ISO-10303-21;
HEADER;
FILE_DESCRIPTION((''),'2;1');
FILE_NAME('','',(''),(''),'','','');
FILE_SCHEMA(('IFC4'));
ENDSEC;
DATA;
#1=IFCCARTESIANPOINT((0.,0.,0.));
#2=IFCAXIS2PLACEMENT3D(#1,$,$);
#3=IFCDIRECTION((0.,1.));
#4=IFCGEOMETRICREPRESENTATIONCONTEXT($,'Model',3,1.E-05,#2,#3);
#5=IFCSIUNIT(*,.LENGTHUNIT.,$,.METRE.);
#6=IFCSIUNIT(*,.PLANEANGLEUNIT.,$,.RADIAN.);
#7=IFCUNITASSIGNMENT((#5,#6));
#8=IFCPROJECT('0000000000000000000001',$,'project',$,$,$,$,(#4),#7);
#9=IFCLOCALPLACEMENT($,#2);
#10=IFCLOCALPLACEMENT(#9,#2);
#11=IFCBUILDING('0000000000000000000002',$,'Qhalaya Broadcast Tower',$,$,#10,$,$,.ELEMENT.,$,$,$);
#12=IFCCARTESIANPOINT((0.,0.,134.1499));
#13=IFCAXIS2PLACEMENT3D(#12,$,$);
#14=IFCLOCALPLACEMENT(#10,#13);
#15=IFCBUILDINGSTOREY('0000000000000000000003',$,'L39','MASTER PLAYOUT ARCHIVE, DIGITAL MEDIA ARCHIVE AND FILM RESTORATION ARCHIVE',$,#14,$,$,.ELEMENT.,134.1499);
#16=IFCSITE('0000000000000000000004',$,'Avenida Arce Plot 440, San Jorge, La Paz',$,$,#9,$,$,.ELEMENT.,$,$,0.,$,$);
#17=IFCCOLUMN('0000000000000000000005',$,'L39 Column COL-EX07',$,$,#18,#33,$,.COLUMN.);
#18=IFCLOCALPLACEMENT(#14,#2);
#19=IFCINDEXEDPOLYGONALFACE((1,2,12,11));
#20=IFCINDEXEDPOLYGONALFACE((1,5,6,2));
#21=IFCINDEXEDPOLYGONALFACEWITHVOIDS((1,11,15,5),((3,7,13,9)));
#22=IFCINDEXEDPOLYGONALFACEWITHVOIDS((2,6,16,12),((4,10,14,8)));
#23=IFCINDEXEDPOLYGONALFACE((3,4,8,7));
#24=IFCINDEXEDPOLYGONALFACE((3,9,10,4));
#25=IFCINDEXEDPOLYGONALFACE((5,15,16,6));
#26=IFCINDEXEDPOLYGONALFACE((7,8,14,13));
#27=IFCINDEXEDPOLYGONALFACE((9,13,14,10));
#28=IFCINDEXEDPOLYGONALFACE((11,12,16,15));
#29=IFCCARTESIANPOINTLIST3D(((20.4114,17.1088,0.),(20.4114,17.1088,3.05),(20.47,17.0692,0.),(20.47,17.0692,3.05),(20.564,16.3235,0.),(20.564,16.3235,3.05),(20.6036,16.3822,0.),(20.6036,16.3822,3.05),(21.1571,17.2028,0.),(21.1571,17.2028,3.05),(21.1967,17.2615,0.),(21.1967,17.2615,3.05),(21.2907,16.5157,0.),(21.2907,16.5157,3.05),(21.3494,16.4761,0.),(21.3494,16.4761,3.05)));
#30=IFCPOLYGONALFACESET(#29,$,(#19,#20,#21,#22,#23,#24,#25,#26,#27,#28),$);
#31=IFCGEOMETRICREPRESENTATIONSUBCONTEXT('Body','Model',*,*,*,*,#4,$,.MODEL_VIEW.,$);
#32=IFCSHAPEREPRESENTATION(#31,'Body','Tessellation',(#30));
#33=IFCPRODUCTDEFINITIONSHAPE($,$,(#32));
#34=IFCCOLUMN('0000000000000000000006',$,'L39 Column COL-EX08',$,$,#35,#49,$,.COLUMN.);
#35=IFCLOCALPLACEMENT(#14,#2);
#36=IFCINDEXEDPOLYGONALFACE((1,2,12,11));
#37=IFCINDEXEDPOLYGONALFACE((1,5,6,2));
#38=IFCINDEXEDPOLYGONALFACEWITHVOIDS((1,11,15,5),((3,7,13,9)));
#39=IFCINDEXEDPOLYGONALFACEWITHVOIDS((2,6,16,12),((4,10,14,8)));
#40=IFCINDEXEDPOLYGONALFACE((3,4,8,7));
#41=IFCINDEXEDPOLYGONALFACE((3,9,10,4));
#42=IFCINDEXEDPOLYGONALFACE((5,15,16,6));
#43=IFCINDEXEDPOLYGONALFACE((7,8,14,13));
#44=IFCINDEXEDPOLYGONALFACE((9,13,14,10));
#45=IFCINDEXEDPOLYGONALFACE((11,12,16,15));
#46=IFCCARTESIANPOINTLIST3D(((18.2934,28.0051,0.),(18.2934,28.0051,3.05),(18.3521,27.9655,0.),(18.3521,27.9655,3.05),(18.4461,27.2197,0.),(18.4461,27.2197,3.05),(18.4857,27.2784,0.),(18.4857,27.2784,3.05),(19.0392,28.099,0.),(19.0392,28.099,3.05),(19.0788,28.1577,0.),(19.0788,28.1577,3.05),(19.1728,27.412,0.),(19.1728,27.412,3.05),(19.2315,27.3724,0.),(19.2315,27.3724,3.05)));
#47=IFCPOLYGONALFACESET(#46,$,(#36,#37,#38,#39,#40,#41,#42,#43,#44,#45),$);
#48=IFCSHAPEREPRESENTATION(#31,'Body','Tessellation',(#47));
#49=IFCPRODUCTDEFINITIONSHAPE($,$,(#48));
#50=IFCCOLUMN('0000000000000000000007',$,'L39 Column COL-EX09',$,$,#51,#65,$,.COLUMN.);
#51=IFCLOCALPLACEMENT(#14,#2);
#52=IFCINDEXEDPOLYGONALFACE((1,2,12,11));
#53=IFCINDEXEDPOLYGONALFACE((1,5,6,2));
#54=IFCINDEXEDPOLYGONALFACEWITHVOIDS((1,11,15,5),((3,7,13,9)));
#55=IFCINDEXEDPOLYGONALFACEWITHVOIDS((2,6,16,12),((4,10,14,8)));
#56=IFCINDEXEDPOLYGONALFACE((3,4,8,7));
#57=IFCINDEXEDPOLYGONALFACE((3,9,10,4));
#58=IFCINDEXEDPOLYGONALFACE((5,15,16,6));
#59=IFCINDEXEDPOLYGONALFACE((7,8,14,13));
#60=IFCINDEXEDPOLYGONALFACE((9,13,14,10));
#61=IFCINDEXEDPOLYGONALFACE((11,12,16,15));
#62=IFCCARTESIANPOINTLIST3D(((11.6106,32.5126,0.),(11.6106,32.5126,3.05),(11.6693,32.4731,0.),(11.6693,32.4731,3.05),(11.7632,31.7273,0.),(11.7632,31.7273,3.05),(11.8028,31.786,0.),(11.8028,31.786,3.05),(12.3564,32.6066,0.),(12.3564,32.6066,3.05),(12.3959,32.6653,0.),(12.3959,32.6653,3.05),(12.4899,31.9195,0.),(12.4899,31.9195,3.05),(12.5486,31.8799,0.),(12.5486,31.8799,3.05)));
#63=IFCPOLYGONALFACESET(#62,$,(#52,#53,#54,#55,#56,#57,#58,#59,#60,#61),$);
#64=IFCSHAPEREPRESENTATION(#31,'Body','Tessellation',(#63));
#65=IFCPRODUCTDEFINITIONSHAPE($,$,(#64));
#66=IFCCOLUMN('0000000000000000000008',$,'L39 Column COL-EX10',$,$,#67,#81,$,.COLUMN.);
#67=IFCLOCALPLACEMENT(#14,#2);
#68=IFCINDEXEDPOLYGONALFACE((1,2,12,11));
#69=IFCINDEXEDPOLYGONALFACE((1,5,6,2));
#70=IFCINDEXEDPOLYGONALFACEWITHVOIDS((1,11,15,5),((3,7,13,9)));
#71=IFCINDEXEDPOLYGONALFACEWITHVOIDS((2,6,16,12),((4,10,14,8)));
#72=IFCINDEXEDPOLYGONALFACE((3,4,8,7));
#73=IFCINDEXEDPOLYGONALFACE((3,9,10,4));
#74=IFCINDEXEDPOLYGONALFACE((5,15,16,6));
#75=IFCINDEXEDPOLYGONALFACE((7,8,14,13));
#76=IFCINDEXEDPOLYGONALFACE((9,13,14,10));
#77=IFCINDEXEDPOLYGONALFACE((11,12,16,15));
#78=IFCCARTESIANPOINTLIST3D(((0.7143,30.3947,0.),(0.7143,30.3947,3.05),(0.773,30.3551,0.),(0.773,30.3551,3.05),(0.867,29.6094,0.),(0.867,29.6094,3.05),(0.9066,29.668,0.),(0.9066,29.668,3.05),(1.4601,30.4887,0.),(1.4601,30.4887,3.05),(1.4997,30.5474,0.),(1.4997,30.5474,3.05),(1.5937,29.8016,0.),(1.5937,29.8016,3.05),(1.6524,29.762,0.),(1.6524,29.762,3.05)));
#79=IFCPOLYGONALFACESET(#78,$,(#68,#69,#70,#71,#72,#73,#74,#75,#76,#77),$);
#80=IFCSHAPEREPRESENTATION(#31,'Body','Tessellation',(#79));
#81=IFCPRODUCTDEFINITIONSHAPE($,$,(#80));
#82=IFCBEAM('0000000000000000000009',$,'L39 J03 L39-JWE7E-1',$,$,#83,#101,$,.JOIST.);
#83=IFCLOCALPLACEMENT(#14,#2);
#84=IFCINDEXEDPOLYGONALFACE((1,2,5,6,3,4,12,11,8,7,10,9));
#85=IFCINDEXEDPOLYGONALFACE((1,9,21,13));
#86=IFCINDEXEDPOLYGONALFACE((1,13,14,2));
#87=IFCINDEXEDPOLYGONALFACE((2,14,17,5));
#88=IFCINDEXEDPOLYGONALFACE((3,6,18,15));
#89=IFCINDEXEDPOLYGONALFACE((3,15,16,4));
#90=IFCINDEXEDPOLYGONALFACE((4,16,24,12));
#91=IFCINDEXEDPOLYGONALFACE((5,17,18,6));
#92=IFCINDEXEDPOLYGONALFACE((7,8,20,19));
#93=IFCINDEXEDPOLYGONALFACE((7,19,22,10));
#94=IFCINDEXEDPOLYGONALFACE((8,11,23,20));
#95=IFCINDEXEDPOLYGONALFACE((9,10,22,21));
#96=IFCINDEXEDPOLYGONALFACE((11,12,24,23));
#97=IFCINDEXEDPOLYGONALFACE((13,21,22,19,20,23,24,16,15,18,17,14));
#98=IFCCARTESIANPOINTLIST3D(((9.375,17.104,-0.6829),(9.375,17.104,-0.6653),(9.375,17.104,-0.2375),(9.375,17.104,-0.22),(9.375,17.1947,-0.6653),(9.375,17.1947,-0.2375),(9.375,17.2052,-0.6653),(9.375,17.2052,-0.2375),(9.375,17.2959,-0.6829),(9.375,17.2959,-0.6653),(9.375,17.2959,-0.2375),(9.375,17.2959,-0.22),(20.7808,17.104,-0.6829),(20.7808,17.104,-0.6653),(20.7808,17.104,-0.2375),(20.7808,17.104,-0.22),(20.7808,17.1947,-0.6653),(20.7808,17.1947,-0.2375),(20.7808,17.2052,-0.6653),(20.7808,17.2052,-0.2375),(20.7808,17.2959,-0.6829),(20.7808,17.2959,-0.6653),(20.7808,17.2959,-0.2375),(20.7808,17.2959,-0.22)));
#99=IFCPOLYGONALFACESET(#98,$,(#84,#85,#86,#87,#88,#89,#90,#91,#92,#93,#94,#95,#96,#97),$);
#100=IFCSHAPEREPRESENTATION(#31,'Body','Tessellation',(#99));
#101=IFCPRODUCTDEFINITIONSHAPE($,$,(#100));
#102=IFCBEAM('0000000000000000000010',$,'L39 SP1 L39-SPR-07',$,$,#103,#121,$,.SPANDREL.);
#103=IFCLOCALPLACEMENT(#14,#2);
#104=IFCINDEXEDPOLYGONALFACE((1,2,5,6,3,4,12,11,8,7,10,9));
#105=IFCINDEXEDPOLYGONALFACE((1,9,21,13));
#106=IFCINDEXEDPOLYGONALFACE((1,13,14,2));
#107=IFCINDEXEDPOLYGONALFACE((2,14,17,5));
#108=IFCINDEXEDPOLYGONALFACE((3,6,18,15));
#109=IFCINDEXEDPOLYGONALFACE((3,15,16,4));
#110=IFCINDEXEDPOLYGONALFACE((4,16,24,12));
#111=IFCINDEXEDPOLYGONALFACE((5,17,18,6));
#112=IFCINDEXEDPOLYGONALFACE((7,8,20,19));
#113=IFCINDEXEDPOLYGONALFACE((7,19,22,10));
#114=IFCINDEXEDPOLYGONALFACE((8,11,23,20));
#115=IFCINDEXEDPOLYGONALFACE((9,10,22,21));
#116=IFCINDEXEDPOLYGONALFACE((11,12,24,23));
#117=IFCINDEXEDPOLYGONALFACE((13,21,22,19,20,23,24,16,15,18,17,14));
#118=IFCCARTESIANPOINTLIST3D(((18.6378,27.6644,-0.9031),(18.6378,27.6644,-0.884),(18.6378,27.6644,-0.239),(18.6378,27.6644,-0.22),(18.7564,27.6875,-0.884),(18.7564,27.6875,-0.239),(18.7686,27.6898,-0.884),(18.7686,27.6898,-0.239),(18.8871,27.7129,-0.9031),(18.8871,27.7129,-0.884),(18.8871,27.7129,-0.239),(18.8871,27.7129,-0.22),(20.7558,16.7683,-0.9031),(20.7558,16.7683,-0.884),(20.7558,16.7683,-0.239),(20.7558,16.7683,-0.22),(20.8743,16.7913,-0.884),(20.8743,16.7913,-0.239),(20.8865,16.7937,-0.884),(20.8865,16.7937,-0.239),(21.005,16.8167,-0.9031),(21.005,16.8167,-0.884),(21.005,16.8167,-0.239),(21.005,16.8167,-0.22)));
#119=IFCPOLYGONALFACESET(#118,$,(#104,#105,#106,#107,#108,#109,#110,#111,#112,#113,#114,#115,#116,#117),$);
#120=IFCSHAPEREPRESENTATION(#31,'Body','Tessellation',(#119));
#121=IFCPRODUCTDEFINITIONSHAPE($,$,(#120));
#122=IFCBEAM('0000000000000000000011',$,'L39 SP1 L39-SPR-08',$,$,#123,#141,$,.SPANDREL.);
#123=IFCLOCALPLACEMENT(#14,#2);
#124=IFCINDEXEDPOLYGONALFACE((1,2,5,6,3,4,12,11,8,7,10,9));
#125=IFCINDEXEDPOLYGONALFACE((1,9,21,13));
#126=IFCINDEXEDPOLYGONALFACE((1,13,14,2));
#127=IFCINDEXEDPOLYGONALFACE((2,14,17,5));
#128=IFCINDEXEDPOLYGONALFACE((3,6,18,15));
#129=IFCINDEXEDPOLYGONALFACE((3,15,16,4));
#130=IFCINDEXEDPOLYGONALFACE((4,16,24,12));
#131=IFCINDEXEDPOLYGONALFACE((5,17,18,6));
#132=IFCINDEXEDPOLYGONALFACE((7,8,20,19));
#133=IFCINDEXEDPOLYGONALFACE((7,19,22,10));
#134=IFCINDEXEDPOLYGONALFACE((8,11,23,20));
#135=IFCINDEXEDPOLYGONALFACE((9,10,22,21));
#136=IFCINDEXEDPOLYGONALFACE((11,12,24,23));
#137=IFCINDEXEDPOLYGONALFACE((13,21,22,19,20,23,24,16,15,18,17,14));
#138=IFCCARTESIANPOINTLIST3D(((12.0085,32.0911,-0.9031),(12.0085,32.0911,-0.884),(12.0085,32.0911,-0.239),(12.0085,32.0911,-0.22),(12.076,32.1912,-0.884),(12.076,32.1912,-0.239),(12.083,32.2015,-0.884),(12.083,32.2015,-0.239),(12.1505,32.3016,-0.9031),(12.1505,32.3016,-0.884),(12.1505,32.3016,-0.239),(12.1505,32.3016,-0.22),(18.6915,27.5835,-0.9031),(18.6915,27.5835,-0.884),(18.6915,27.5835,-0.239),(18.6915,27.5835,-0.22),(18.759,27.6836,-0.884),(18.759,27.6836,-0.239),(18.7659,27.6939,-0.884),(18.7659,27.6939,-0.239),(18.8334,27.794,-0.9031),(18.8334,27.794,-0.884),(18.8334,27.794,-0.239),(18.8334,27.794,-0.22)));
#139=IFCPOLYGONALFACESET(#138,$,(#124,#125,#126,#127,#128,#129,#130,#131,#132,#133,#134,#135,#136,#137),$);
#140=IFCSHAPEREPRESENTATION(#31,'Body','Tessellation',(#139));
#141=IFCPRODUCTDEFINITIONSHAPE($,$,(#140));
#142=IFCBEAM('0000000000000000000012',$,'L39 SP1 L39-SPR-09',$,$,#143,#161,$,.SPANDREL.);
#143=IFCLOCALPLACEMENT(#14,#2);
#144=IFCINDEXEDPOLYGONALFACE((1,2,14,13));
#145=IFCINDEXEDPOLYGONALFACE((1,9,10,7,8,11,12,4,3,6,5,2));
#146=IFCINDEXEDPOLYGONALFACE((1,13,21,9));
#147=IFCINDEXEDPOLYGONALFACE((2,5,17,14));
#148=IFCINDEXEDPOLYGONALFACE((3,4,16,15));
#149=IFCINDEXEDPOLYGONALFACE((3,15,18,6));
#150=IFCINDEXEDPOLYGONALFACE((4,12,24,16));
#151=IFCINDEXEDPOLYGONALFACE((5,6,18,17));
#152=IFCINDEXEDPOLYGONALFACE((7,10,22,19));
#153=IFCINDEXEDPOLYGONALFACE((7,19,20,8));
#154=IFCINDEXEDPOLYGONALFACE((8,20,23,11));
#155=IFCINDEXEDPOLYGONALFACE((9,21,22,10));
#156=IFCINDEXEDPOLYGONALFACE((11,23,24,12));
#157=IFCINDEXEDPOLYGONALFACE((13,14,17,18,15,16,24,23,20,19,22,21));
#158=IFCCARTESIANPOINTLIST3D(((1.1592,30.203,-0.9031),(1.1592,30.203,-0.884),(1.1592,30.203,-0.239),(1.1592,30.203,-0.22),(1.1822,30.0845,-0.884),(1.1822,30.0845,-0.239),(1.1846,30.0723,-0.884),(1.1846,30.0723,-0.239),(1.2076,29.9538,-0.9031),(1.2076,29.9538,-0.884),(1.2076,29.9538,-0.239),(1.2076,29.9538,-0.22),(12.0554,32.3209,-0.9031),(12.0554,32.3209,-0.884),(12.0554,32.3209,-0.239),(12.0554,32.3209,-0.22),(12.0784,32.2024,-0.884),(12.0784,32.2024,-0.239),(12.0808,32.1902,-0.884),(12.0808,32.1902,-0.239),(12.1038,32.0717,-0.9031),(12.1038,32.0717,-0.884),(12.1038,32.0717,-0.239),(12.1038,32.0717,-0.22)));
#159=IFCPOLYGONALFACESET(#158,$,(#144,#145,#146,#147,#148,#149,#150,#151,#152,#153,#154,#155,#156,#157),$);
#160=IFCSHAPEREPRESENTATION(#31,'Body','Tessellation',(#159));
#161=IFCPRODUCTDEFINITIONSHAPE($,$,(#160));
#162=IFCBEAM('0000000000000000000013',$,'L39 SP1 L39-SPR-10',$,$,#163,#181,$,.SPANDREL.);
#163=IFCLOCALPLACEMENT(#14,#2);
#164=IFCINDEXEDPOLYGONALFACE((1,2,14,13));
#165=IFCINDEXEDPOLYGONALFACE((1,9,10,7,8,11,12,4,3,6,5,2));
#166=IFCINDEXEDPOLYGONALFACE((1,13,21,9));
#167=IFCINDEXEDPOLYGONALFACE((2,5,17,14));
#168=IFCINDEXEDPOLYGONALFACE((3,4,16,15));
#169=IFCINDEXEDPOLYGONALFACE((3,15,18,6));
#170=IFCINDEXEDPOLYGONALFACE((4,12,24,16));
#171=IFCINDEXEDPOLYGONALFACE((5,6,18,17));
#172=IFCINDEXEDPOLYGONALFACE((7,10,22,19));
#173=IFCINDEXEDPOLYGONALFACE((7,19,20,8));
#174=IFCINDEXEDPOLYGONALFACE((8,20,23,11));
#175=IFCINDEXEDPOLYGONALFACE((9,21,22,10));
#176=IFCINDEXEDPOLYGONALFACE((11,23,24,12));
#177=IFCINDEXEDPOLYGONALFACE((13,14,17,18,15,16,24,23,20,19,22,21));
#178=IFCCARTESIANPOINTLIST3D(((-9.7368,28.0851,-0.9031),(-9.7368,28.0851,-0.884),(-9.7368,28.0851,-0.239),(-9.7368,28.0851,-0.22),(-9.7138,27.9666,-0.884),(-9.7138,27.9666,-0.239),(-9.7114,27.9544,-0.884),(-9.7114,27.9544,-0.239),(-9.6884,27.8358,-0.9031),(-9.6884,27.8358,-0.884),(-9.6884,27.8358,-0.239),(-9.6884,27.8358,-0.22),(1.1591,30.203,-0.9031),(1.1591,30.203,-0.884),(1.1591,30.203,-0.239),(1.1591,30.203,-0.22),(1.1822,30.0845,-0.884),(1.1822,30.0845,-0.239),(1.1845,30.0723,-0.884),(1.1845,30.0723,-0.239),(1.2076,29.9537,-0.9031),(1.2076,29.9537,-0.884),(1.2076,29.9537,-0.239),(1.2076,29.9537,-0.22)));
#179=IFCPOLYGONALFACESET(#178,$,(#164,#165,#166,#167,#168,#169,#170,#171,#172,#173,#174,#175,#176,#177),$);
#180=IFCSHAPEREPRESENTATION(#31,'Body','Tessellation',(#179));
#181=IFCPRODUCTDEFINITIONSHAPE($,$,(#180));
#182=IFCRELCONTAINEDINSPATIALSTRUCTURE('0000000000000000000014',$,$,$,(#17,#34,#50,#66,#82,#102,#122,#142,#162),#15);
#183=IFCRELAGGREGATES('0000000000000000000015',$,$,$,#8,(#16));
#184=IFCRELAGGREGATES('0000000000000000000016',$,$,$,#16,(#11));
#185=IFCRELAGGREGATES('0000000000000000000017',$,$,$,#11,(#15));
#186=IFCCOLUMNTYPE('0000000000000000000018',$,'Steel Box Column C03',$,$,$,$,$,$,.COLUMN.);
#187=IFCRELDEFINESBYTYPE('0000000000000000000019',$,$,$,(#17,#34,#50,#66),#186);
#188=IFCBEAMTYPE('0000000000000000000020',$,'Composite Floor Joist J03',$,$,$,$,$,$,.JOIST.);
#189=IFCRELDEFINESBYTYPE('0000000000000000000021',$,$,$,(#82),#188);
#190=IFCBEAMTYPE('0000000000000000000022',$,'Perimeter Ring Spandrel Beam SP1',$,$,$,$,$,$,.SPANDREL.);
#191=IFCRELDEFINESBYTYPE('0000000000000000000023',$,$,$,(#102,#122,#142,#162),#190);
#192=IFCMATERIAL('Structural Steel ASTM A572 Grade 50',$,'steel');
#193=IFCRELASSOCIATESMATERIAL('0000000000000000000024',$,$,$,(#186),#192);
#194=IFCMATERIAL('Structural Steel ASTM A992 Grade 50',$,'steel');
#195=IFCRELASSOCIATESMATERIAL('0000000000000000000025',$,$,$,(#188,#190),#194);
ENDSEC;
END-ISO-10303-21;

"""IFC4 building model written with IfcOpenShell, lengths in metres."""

from ifc_helpers import new_model, si_unit, direction, frame, origin, origin_2d, place, context, subcontext, project, spatial, hollow_rectangle, i_section, extrude, material, material_profile, profile_set, type_object, element, save


model = new_model("IFC4")

# Units and contexts
model_context = context("Model", 3, precision=1e-05, world=origin(), true_north=direction((0.0, 1.0)))
body_context = subcontext(model_context, "Body", "Model", "MODEL_VIEW")
ifc_project = project(units=[si_unit("LENGTHUNIT", "METRE"), si_unit("PLANEANGLEUNIT", "RADIAN")], contexts=[model_context])

# Site, building, storey
site_placement = place(None, origin())
site = spatial("IfcSite", under=ifc_project, at=site_placement, Name="Avenida Arce Plot 440, San Jorge, La Paz", CompositionType="ELEMENT", RefElevation=0.0)
building_placement = place(site_placement, origin())
building = spatial("IfcBuilding", under=site, at=building_placement, Name="Qhalaya Broadcast Tower", CompositionType="ELEMENT")
storey_placement = place(building_placement, frame((0.0, 0.0, 134.1499)))
storey = spatial("IfcBuildingStorey", under=building, at=storey_placement, Name="L39", Description="MASTER PLAYOUT ARCHIVE, DIGITAL MEDIA ARCHIVE AND FILM RESTORATION ARCHIVE", CompositionType="ELEMENT", Elevation=134.1499)

# Columns
ifc_material_1 = material(Name="Structural Steel ASTM A572 Grade 50", Category="steel")
ifc_material_profile_1 = material_profile(ifc_material_1, hollow_rectangle(XDim=0.8, YDim=0.8, WallThickness=0.05, at=origin_2d()), Name="BOX 800x800x50")
ifc_profile_set_1 = profile_set([ifc_material_profile_1], Name="Structural Steel ASTM A572 Grade 50")
column_type = type_object("IfcColumnType", Name="Steel Box Column C03", PredefinedType="COLUMN", material=ifc_profile_set_1)
for number, where, z_axis, x_axis, name in (
    (1, (20.8804, 16.7925, 0.0), (0.0, 0.0, 1.0), (-0.190809, 0.981627, 0.0), "L39 Column COL-EX07"),
    (2, (18.7625, 27.6887, 0.0), (0.0, 0.0, 1.0), (-0.190809, 0.981627, 0.0), "L39 Column COL-EX08"),
    (3, (12.0796, 32.1963, 0.0), (0.0, 0.0, 1.0), (0.981627, 0.190809, 0.0), "L39 Column COL-EX09"),
    (4, (1.1833, 30.0784, 0.0), (0.0, 0.0, 1.0), (0.981627, 0.190809, 0.0), "L39 Column COL-EX10"),
):
    element("IfcColumn", number, at=place(storey_placement, frame(where, z_axis=z_axis, x_axis=x_axis)), inside=storey, type_object=column_type, Name=name, PredefinedType="COLUMN", context=body_context, shape_type="SweptSolid", body=[
        extrude(hollow_rectangle(XDim=0.8, YDim=0.8, WallThickness=0.05, at=origin_2d()), origin(), (0.0, 0.0, 1.0), 3.05),
    ])

# Beams
ifc_material_2 = material(Name="Structural Steel ASTM A992 Grade 50", Category="steel")
ifc_material_profile_2 = material_profile(ifc_material_2, i_section(OverallWidth=0.1919, OverallDepth=0.4629, WebThickness=0.0105, FlangeThickness=0.0176, at=origin_2d()), Name="W18X60")
ifc_profile_set_2 = profile_set([ifc_material_profile_2], Name="Structural Steel ASTM A992 Grade 50")
beam_type_1 = type_object("IfcBeamType", Name="Composite Floor Joist J03", PredefinedType="JOIST", material=ifc_profile_set_2)
beam_1_placement = place(storey_placement, frame((9.375, 17.2, -0.4514), z_axis=(1.0, 0.0, 0.0), x_axis=(0.0, 1.0, 0.0)))
element("IfcBeam", 5, at=beam_1_placement, inside=storey, type_object=beam_type_1, Name="L39 J03 L39-JWE7E-1", PredefinedType="JOIST", context=body_context, shape_type="SweptSolid", body=[
    extrude(i_section(OverallWidth=0.1919, OverallDepth=0.4629, WebThickness=0.0105, FlangeThickness=0.0176, at=origin_2d()), origin(), (0.0, 0.0, 1.0), 11.4058),
])
ifc_material_profile_3 = material_profile(ifc_material_2, i_section(OverallWidth=0.2539, OverallDepth=0.6831, WebThickness=0.0125, FlangeThickness=0.019, at=origin_2d()), Name="W27X94")
ifc_profile_set_3 = profile_set([ifc_material_profile_3], Name="Structural Steel ASTM A992 Grade 50")
beam_type_2 = type_object("IfcBeamType", Name="Perimeter Ring Spandrel Beam SP1", PredefinedType="SPANDREL", material=ifc_profile_set_3)
beam_2_placement = place(storey_placement, frame((20.8804, 16.7925, -0.5615), z_axis=(-0.190801, 0.981629, 0.0), x_axis=(-0.981629, -0.190801, 0.0)))
element("IfcBeam", 6, at=beam_2_placement, inside=storey, type_object=beam_type_2, Name="L39 SP1 L39-SPR-07", PredefinedType="SPANDREL", context=body_context, shape_type="SweptSolid", body=[
    extrude(i_section(OverallWidth=0.2539, OverallDepth=0.6831, WebThickness=0.0125, FlangeThickness=0.019, at=origin_2d()), origin(), (0.0, 0.0, 1.0), 11.1001),
])
beam_3_placement = place(storey_placement, frame((18.7625, 27.6887, -0.5615), z_axis=(-0.829042, 0.559186, 0.0), x_axis=(-0.559186, -0.829042, 0.0)))
element("IfcBeam", 7, at=beam_3_placement, inside=storey, type_object=beam_type_2, Name="L39 SP1 L39-SPR-08", PredefinedType="SPANDREL", context=body_context, shape_type="SweptSolid", body=[
    extrude(i_section(OverallWidth=0.2539, OverallDepth=0.6831, WebThickness=0.0125, FlangeThickness=0.019, at=origin_2d()), origin(), (0.0, 0.0, 1.0), 8.061),
])
beam_4_placement = place(storey_placement, frame((12.0796, 32.1963, -0.5615), z_axis=(-0.981629, -0.190801, 0.0), x_axis=(0.190801, -0.981629, 0.0)))
element("IfcBeam", 8, at=beam_4_placement, inside=storey, type_object=beam_type_2, Name="L39 SP1 L39-SPR-09", PredefinedType="SPANDREL", context=body_context, shape_type="SweptSolid", body=[
    extrude(i_section(OverallWidth=0.2539, OverallDepth=0.6831, WebThickness=0.0125, FlangeThickness=0.019, at=origin_2d()), origin(), (0.0, 0.0, 1.0), 11.1001),
])
beam_5_placement = place(storey_placement, frame((1.1833, 30.0784, -0.5615), z_axis=(-0.981628, -0.190805, 0.0), x_axis=(0.190805, -0.981628, 0.0)))
element("IfcBeam", 9, at=beam_5_placement, inside=storey, type_object=beam_type_2, Name="L39 SP1 L39-SPR-10", PredefinedType="SPANDREL", context=body_context, shape_type="SweptSolid", body=[
    extrude(i_section(OverallWidth=0.2539, OverallDepth=0.6831, WebThickness=0.0125, FlangeThickness=0.019, at=origin_2d()), origin(), (0.0, 0.0, 1.0), 11.0999),
])

save(model, "model.ifc")
